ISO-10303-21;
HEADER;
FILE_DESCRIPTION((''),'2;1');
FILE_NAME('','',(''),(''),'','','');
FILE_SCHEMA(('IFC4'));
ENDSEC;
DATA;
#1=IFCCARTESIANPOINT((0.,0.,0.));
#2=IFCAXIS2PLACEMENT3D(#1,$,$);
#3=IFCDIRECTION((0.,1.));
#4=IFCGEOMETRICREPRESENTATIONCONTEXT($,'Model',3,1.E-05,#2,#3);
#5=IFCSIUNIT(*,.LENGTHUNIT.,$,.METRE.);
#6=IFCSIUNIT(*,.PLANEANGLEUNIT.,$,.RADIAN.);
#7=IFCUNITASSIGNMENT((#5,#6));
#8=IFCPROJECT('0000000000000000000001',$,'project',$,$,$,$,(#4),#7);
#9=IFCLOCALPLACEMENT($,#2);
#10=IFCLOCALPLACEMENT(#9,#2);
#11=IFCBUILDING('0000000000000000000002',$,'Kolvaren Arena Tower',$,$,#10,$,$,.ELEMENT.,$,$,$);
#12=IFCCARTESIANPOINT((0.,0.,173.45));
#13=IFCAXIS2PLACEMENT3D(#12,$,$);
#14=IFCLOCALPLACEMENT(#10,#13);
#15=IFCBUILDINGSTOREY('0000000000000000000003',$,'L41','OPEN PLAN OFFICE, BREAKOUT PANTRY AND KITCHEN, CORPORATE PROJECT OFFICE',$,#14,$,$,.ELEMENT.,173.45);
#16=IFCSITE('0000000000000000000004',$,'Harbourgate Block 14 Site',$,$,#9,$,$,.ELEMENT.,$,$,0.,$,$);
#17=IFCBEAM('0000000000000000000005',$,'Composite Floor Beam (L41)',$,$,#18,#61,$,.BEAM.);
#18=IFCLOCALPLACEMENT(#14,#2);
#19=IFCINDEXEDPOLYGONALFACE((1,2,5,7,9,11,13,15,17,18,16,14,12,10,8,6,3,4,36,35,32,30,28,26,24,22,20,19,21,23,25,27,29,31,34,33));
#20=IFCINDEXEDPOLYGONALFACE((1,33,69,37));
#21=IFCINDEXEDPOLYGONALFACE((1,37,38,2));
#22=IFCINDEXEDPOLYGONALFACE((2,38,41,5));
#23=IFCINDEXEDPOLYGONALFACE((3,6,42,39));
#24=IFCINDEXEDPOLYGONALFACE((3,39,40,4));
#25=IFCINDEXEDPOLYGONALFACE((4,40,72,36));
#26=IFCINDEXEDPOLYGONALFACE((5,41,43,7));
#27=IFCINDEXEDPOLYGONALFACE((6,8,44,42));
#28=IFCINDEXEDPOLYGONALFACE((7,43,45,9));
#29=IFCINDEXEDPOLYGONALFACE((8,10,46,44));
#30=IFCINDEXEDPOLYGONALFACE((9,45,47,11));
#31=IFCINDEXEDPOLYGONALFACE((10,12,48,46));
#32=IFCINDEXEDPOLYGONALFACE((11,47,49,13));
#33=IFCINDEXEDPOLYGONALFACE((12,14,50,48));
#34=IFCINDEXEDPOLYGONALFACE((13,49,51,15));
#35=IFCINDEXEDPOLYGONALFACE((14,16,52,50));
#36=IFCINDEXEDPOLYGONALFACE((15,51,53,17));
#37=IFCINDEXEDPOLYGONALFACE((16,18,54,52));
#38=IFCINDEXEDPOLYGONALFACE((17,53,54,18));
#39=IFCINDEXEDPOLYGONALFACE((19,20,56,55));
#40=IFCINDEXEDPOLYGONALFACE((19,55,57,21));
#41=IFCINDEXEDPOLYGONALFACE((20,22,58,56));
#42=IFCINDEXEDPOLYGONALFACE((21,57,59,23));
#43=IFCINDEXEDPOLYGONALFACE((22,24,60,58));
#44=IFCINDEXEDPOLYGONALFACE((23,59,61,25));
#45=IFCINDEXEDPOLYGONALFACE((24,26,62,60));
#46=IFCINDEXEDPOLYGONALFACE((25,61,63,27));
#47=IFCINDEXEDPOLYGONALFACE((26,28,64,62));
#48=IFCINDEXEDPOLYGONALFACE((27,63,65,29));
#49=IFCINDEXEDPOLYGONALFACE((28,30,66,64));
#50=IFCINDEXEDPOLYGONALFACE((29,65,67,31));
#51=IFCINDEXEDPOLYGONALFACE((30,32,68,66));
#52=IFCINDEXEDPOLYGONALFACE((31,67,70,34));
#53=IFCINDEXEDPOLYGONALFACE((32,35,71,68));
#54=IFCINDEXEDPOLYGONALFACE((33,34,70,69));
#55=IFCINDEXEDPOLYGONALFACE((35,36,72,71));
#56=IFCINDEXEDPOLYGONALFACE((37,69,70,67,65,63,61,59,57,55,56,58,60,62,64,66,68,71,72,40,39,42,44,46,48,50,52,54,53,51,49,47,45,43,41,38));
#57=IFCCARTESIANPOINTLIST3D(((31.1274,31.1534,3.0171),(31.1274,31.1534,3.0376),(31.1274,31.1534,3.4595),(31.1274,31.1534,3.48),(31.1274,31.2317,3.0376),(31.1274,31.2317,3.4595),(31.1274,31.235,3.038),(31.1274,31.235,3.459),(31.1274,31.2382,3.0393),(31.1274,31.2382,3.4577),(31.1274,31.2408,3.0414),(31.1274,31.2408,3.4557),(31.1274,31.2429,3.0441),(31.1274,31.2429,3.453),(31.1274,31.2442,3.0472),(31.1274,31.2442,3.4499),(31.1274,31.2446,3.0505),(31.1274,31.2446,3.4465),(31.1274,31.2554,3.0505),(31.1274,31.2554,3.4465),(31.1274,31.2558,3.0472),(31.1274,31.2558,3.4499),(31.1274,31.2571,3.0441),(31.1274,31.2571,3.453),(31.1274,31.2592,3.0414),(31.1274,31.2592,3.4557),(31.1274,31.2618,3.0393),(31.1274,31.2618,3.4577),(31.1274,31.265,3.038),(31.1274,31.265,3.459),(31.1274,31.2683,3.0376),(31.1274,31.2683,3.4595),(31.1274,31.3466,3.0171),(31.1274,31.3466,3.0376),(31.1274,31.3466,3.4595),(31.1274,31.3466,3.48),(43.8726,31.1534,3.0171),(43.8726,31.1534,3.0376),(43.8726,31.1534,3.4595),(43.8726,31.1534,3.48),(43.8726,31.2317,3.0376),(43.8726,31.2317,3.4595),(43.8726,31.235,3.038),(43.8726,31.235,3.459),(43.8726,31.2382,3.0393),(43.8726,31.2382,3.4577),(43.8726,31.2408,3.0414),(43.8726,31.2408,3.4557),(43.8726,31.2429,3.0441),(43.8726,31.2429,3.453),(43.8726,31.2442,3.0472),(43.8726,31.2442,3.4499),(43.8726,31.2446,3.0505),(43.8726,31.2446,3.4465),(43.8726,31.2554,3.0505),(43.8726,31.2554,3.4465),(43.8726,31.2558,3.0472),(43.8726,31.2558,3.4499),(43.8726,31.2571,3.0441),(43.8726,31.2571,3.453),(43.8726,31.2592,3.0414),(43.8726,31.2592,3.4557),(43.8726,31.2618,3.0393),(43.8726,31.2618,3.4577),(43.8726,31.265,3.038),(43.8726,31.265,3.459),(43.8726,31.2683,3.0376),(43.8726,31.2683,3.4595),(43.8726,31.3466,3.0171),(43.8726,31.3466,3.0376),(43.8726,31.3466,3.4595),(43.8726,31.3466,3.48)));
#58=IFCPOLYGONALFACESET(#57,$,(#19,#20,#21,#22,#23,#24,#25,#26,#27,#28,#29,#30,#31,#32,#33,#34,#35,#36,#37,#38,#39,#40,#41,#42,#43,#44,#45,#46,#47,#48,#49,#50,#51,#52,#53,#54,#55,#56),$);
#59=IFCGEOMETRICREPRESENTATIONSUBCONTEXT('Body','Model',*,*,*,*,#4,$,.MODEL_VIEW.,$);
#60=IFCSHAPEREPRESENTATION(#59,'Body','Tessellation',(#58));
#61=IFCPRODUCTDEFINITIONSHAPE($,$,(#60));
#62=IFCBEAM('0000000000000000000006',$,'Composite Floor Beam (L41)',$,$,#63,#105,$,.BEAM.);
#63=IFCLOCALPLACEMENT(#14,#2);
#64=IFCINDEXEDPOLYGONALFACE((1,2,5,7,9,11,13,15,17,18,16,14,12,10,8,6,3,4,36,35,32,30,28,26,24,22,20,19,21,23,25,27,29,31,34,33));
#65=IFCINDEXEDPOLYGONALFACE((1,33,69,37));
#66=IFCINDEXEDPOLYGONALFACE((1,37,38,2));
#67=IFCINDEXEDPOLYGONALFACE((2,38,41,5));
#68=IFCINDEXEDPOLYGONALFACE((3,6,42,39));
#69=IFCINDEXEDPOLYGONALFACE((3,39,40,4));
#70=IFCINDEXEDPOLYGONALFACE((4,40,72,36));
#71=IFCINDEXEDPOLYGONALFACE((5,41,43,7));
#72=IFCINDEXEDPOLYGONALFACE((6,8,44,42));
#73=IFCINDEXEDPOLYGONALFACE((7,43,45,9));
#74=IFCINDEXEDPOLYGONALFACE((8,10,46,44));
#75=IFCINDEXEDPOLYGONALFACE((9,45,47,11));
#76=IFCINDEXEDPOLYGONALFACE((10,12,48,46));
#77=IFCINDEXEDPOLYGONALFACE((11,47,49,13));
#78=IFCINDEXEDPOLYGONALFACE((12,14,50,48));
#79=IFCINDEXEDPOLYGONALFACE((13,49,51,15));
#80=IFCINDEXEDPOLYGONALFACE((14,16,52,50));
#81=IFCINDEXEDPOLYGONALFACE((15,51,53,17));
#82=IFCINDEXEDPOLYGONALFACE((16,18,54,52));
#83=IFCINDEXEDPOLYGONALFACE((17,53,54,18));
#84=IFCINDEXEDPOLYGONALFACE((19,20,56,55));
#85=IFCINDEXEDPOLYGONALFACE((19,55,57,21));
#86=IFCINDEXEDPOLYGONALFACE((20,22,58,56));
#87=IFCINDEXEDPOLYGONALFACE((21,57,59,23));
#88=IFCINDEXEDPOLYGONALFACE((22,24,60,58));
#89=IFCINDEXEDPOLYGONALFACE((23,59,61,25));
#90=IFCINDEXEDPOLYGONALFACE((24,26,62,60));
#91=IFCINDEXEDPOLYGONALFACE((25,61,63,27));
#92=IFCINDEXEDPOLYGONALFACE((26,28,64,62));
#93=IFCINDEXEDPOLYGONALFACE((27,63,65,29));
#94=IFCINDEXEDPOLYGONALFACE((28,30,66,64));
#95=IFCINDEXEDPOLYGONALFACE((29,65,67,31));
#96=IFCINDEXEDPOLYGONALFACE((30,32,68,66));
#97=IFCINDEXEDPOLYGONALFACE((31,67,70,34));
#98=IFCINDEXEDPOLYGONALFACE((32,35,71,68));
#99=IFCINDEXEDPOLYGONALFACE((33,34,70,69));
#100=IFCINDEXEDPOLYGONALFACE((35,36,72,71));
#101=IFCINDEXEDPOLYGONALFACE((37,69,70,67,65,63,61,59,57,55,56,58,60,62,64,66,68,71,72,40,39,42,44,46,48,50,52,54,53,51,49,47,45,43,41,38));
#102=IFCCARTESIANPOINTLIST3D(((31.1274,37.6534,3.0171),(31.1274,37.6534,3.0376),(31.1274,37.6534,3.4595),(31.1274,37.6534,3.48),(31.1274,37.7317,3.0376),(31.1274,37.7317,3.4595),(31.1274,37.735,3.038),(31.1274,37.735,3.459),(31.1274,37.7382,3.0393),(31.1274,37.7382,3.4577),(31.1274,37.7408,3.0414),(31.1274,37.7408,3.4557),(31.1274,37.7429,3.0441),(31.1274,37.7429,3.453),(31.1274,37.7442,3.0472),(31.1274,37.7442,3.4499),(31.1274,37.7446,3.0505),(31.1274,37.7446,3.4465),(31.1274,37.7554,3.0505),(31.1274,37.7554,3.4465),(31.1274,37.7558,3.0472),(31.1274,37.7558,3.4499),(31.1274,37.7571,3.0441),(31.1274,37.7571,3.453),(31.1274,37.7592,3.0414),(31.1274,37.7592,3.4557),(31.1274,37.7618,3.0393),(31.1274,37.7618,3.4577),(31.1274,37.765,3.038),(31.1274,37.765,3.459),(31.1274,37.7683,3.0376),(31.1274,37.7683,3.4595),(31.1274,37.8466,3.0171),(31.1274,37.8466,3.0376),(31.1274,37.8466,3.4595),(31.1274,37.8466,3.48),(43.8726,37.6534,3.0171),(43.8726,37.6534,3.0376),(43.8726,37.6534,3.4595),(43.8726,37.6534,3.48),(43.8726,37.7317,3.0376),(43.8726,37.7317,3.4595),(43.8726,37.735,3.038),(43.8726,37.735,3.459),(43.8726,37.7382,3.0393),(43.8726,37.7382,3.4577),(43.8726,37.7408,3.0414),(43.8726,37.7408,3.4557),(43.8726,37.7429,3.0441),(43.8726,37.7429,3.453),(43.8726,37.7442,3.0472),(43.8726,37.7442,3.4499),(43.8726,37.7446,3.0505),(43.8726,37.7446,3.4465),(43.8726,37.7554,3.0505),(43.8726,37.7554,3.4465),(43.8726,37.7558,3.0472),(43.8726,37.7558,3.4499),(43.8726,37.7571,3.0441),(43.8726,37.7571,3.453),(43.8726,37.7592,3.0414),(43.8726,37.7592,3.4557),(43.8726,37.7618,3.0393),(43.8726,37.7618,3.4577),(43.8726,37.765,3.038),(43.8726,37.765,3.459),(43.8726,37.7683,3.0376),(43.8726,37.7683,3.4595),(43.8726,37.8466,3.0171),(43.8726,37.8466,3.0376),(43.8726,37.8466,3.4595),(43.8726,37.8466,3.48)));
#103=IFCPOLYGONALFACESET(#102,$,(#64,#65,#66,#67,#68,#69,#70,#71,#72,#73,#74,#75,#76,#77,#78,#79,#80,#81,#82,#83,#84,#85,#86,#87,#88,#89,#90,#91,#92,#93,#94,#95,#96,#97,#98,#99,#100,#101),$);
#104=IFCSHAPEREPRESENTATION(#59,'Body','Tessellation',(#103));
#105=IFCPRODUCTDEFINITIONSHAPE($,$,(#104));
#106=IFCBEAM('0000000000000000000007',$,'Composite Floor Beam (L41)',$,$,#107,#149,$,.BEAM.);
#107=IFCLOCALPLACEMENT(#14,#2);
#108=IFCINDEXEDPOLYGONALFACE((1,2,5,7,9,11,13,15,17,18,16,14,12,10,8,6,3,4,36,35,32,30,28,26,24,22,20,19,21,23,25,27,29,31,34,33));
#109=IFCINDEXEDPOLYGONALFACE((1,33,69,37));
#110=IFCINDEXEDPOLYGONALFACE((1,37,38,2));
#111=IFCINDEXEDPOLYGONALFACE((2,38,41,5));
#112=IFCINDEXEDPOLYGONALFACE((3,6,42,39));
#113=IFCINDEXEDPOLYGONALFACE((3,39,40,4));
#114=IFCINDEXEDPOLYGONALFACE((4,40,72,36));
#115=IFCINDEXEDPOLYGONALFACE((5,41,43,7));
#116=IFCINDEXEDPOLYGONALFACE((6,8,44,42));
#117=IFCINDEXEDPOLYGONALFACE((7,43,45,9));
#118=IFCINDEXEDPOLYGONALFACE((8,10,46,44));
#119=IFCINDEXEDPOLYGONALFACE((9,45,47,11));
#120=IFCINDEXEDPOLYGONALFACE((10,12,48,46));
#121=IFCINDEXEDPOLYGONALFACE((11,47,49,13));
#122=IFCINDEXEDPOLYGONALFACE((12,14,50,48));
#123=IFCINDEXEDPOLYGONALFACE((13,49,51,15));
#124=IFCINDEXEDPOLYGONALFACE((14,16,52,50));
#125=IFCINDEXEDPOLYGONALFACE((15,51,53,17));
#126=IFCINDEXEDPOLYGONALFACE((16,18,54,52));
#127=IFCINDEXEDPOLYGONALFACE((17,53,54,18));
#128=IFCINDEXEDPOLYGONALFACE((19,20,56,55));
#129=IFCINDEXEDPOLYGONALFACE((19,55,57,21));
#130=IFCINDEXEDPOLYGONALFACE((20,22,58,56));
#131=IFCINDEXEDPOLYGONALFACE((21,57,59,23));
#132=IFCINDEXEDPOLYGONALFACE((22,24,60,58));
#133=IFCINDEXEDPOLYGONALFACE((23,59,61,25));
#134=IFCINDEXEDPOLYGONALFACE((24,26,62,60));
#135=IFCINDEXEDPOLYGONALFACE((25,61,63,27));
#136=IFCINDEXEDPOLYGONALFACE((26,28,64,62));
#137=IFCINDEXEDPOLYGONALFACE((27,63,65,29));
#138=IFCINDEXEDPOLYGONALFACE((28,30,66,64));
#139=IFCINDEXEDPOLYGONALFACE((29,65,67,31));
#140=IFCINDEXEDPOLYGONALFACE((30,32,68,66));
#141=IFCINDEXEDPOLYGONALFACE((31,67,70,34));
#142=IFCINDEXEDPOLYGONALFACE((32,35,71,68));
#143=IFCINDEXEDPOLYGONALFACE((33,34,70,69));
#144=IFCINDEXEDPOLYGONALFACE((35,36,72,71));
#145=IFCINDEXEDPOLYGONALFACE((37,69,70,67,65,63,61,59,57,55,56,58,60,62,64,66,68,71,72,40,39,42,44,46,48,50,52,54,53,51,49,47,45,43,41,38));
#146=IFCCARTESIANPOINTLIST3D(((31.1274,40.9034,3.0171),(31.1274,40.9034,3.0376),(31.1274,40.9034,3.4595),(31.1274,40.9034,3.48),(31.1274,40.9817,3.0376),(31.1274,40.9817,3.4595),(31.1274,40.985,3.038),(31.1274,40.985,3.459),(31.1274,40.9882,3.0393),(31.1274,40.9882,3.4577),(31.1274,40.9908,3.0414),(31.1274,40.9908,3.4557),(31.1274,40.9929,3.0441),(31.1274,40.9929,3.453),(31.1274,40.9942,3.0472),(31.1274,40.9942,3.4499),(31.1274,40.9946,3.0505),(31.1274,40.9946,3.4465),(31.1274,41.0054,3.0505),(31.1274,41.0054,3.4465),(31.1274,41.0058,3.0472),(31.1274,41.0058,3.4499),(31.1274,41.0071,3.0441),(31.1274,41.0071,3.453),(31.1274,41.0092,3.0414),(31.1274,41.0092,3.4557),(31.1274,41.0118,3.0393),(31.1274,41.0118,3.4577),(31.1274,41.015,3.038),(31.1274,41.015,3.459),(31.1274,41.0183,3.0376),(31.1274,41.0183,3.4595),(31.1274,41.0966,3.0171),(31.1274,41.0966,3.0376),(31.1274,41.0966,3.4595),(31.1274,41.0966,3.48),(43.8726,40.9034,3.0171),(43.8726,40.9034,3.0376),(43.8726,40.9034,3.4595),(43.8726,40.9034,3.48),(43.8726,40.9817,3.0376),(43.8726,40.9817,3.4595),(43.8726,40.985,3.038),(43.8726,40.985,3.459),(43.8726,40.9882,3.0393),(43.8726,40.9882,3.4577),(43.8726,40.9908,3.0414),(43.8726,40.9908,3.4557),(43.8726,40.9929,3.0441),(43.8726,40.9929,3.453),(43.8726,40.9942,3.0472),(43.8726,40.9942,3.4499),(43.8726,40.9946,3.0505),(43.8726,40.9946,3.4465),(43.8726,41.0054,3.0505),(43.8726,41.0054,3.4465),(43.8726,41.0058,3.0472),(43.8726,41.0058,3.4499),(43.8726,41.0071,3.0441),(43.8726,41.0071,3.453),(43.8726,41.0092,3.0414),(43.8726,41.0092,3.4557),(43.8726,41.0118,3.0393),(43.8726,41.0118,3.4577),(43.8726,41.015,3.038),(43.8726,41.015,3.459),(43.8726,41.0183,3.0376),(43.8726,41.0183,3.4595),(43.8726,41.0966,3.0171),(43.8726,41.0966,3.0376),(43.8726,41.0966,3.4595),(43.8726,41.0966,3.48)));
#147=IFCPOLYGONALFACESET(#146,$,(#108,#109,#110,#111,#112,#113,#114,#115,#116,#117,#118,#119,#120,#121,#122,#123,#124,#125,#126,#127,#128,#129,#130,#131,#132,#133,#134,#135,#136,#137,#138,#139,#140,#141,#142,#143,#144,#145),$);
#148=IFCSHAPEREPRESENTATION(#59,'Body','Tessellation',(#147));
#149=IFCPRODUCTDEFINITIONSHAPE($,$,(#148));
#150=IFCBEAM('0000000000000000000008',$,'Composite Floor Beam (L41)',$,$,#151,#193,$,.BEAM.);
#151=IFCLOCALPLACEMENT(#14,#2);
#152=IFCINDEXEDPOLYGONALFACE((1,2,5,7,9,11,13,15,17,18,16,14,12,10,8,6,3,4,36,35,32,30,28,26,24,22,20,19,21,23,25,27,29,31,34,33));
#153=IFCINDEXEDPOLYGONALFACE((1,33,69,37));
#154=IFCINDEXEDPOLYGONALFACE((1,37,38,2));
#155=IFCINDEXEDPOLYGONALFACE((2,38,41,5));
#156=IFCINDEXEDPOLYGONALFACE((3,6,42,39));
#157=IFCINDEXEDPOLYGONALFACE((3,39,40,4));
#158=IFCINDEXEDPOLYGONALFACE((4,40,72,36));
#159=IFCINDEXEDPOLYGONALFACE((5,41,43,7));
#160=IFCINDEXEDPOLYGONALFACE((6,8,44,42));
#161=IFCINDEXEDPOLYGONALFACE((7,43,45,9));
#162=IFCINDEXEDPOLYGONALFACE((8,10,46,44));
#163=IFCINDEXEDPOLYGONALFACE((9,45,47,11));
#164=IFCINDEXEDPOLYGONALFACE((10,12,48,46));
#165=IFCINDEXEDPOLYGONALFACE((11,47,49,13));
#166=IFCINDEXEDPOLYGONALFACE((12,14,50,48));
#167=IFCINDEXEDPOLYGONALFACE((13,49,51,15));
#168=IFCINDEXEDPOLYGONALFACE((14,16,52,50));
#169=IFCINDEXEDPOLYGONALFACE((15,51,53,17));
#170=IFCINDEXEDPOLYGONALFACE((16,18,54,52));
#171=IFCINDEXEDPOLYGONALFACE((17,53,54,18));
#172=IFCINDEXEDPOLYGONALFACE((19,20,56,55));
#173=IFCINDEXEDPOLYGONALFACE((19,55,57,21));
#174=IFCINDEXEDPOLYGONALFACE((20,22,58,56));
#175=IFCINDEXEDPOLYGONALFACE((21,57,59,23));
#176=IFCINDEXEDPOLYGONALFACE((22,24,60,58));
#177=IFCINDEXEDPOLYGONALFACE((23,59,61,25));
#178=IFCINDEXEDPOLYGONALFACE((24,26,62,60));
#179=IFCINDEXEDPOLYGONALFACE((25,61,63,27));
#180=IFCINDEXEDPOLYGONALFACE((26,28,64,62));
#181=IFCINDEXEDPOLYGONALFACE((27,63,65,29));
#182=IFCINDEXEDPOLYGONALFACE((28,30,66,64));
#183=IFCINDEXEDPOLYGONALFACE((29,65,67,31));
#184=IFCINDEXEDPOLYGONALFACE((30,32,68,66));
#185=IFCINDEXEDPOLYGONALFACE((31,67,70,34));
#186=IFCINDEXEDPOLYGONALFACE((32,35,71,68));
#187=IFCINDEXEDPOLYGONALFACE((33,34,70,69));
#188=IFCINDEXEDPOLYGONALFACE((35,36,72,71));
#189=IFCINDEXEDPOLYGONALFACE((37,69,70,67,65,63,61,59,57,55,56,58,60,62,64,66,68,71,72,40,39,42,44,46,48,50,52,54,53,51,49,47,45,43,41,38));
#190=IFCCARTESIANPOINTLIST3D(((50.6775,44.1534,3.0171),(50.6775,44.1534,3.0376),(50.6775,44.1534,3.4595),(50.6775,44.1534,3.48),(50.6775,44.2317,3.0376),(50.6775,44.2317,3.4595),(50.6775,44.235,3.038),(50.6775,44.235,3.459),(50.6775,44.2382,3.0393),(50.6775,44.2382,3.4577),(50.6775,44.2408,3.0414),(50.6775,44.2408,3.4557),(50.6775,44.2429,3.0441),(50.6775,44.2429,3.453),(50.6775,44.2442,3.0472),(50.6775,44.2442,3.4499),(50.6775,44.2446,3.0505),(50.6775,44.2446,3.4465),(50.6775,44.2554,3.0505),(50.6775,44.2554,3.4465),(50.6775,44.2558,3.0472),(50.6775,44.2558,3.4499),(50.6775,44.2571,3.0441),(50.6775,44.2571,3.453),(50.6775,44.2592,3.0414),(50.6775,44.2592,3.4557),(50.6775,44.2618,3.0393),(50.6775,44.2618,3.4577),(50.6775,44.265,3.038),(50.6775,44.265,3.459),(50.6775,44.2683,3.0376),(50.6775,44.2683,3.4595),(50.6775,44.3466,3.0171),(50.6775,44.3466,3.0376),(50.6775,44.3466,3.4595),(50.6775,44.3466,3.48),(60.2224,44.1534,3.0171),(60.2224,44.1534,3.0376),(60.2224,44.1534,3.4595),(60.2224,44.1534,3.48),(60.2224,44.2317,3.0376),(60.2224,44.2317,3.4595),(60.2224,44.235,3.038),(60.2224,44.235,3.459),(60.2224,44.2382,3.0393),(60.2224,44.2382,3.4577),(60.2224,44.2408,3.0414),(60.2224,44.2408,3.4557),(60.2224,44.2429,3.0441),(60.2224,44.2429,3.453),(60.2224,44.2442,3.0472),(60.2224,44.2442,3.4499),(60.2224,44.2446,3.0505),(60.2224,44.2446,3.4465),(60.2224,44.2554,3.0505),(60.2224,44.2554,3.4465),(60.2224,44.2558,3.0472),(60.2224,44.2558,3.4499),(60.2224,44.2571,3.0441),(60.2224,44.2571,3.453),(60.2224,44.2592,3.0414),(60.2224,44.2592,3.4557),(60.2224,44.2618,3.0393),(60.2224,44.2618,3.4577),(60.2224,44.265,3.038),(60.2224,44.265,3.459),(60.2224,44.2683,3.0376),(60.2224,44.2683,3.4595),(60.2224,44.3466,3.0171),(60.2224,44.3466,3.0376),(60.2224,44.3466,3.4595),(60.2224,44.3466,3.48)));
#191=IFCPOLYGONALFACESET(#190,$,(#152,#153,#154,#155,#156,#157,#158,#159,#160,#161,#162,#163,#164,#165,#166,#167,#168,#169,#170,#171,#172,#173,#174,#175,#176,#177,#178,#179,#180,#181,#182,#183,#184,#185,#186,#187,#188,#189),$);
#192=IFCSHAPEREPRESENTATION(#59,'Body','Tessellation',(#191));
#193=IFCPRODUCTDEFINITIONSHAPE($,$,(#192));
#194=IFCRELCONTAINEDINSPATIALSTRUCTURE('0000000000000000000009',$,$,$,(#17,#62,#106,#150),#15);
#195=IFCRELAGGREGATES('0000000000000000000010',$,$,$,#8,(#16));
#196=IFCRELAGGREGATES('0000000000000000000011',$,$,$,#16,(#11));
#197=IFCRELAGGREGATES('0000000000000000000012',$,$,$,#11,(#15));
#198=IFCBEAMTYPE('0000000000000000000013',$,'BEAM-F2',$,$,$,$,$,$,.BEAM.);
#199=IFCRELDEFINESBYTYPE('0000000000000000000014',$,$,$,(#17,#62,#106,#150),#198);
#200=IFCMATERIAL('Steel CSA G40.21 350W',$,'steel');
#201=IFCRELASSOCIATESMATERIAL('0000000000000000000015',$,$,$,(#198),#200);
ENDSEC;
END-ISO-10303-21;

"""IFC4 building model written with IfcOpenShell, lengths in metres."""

from ifc_helpers import new_model, si_unit, direction, frame, origin, origin_2d, place, context, subcontext, project, spatial, i_section, extrude, material, material_profile, profile_set, type_object, element, save


model = new_model("IFC4")

# Units and contexts
model_context = context("Model", 3, precision=1e-05, world=origin(), true_north=direction((0.0, 1.0)))
body_context = subcontext(model_context, "Body", "Model", "MODEL_VIEW")
ifc_project = project(units=[si_unit("LENGTHUNIT", "METRE"), si_unit("PLANEANGLEUNIT", "RADIAN")], contexts=[model_context])

# Site, building, storey
site_placement = place(None, origin())
site = spatial("IfcSite", under=ifc_project, at=site_placement, Name="Harbourgate Block 14 Site", CompositionType="ELEMENT", RefElevation=0.0)
building_placement = place(site_placement, origin())
building = spatial("IfcBuilding", under=site, at=building_placement, Name="Kolvaren Arena Tower", CompositionType="ELEMENT")
storey_placement = place(building_placement, frame((0.0, 0.0, 173.45)))
storey = spatial("IfcBuildingStorey", under=building, at=storey_placement, Name="L41", Description="OPEN PLAN OFFICE, BREAKOUT PANTRY AND KITCHEN, CORPORATE PROJECT OFFICE", CompositionType="ELEMENT", Elevation=173.45)

# Beams
ifc_material_1 = material(Name="Steel CSA G40.21 350W", Category="steel")
ifc_material_profile_1 = material_profile(ifc_material_1, i_section(OverallWidth=0.1931, OverallDepth=0.4629, WebThickness=0.0107, FlangeThickness=0.0205, FilletRadius=0.0129, at=origin_2d()), Name="W460x113")
ifc_profile_set_1 = profile_set([ifc_material_profile_1], Name="Steel CSA G40.21 350W")
beam_type_1 = type_object("IfcBeamType", Name="BEAM-F2", PredefinedType="BEAM", material=ifc_profile_set_1)
for number, where, z_axis, x_axis, name in (
    (1, (31.1274, 31.25, 3.2485), (1.0, 0.0, 0.0), (0.0, 1.0, 0.0), "Composite Floor Beam (L41)"),
    (2, (31.1274, 37.75, 3.2485), (1.0, 0.0, 0.0), (0.0, 1.0, 0.0), "Composite Floor Beam (L41)"),
    (3, (31.1274, 41.0, 3.2485), (1.0, 0.0, 0.0), (0.0, 1.0, 0.0), "Composite Floor Beam (L41)"),
):
    element("IfcBeam", number, at=place(storey_placement, frame(where, z_axis=z_axis, x_axis=x_axis)), inside=storey, type_object=beam_type_1, Name=name, PredefinedType="BEAM", context=body_context, shape_type="SweptSolid", body=[
        extrude(i_section(OverallWidth=0.1931, OverallDepth=0.4629, WebThickness=0.0107, FlangeThickness=0.0205, FilletRadius=0.0129, at=origin_2d()), origin(), (0.0, 0.0, 1.0), 12.7451),
    ])
beam_1_placement = place(storey_placement, frame((50.6775, 44.25, 3.2485), z_axis=(1.0, 0.0, 0.0), x_axis=(0.0, 1.0, 0.0)))
element("IfcBeam", 4, at=beam_1_placement, inside=storey, type_object=beam_type_1, Name="Composite Floor Beam (L41)", PredefinedType="BEAM", context=body_context, shape_type="SweptSolid", body=[
    extrude(i_section(OverallWidth=0.1931, OverallDepth=0.4629, WebThickness=0.0107, FlangeThickness=0.0205, FilletRadius=0.0129, at=origin_2d()), origin(), (0.0, 0.0, 1.0), 9.5449),
])

save(model, "model.ifc")
